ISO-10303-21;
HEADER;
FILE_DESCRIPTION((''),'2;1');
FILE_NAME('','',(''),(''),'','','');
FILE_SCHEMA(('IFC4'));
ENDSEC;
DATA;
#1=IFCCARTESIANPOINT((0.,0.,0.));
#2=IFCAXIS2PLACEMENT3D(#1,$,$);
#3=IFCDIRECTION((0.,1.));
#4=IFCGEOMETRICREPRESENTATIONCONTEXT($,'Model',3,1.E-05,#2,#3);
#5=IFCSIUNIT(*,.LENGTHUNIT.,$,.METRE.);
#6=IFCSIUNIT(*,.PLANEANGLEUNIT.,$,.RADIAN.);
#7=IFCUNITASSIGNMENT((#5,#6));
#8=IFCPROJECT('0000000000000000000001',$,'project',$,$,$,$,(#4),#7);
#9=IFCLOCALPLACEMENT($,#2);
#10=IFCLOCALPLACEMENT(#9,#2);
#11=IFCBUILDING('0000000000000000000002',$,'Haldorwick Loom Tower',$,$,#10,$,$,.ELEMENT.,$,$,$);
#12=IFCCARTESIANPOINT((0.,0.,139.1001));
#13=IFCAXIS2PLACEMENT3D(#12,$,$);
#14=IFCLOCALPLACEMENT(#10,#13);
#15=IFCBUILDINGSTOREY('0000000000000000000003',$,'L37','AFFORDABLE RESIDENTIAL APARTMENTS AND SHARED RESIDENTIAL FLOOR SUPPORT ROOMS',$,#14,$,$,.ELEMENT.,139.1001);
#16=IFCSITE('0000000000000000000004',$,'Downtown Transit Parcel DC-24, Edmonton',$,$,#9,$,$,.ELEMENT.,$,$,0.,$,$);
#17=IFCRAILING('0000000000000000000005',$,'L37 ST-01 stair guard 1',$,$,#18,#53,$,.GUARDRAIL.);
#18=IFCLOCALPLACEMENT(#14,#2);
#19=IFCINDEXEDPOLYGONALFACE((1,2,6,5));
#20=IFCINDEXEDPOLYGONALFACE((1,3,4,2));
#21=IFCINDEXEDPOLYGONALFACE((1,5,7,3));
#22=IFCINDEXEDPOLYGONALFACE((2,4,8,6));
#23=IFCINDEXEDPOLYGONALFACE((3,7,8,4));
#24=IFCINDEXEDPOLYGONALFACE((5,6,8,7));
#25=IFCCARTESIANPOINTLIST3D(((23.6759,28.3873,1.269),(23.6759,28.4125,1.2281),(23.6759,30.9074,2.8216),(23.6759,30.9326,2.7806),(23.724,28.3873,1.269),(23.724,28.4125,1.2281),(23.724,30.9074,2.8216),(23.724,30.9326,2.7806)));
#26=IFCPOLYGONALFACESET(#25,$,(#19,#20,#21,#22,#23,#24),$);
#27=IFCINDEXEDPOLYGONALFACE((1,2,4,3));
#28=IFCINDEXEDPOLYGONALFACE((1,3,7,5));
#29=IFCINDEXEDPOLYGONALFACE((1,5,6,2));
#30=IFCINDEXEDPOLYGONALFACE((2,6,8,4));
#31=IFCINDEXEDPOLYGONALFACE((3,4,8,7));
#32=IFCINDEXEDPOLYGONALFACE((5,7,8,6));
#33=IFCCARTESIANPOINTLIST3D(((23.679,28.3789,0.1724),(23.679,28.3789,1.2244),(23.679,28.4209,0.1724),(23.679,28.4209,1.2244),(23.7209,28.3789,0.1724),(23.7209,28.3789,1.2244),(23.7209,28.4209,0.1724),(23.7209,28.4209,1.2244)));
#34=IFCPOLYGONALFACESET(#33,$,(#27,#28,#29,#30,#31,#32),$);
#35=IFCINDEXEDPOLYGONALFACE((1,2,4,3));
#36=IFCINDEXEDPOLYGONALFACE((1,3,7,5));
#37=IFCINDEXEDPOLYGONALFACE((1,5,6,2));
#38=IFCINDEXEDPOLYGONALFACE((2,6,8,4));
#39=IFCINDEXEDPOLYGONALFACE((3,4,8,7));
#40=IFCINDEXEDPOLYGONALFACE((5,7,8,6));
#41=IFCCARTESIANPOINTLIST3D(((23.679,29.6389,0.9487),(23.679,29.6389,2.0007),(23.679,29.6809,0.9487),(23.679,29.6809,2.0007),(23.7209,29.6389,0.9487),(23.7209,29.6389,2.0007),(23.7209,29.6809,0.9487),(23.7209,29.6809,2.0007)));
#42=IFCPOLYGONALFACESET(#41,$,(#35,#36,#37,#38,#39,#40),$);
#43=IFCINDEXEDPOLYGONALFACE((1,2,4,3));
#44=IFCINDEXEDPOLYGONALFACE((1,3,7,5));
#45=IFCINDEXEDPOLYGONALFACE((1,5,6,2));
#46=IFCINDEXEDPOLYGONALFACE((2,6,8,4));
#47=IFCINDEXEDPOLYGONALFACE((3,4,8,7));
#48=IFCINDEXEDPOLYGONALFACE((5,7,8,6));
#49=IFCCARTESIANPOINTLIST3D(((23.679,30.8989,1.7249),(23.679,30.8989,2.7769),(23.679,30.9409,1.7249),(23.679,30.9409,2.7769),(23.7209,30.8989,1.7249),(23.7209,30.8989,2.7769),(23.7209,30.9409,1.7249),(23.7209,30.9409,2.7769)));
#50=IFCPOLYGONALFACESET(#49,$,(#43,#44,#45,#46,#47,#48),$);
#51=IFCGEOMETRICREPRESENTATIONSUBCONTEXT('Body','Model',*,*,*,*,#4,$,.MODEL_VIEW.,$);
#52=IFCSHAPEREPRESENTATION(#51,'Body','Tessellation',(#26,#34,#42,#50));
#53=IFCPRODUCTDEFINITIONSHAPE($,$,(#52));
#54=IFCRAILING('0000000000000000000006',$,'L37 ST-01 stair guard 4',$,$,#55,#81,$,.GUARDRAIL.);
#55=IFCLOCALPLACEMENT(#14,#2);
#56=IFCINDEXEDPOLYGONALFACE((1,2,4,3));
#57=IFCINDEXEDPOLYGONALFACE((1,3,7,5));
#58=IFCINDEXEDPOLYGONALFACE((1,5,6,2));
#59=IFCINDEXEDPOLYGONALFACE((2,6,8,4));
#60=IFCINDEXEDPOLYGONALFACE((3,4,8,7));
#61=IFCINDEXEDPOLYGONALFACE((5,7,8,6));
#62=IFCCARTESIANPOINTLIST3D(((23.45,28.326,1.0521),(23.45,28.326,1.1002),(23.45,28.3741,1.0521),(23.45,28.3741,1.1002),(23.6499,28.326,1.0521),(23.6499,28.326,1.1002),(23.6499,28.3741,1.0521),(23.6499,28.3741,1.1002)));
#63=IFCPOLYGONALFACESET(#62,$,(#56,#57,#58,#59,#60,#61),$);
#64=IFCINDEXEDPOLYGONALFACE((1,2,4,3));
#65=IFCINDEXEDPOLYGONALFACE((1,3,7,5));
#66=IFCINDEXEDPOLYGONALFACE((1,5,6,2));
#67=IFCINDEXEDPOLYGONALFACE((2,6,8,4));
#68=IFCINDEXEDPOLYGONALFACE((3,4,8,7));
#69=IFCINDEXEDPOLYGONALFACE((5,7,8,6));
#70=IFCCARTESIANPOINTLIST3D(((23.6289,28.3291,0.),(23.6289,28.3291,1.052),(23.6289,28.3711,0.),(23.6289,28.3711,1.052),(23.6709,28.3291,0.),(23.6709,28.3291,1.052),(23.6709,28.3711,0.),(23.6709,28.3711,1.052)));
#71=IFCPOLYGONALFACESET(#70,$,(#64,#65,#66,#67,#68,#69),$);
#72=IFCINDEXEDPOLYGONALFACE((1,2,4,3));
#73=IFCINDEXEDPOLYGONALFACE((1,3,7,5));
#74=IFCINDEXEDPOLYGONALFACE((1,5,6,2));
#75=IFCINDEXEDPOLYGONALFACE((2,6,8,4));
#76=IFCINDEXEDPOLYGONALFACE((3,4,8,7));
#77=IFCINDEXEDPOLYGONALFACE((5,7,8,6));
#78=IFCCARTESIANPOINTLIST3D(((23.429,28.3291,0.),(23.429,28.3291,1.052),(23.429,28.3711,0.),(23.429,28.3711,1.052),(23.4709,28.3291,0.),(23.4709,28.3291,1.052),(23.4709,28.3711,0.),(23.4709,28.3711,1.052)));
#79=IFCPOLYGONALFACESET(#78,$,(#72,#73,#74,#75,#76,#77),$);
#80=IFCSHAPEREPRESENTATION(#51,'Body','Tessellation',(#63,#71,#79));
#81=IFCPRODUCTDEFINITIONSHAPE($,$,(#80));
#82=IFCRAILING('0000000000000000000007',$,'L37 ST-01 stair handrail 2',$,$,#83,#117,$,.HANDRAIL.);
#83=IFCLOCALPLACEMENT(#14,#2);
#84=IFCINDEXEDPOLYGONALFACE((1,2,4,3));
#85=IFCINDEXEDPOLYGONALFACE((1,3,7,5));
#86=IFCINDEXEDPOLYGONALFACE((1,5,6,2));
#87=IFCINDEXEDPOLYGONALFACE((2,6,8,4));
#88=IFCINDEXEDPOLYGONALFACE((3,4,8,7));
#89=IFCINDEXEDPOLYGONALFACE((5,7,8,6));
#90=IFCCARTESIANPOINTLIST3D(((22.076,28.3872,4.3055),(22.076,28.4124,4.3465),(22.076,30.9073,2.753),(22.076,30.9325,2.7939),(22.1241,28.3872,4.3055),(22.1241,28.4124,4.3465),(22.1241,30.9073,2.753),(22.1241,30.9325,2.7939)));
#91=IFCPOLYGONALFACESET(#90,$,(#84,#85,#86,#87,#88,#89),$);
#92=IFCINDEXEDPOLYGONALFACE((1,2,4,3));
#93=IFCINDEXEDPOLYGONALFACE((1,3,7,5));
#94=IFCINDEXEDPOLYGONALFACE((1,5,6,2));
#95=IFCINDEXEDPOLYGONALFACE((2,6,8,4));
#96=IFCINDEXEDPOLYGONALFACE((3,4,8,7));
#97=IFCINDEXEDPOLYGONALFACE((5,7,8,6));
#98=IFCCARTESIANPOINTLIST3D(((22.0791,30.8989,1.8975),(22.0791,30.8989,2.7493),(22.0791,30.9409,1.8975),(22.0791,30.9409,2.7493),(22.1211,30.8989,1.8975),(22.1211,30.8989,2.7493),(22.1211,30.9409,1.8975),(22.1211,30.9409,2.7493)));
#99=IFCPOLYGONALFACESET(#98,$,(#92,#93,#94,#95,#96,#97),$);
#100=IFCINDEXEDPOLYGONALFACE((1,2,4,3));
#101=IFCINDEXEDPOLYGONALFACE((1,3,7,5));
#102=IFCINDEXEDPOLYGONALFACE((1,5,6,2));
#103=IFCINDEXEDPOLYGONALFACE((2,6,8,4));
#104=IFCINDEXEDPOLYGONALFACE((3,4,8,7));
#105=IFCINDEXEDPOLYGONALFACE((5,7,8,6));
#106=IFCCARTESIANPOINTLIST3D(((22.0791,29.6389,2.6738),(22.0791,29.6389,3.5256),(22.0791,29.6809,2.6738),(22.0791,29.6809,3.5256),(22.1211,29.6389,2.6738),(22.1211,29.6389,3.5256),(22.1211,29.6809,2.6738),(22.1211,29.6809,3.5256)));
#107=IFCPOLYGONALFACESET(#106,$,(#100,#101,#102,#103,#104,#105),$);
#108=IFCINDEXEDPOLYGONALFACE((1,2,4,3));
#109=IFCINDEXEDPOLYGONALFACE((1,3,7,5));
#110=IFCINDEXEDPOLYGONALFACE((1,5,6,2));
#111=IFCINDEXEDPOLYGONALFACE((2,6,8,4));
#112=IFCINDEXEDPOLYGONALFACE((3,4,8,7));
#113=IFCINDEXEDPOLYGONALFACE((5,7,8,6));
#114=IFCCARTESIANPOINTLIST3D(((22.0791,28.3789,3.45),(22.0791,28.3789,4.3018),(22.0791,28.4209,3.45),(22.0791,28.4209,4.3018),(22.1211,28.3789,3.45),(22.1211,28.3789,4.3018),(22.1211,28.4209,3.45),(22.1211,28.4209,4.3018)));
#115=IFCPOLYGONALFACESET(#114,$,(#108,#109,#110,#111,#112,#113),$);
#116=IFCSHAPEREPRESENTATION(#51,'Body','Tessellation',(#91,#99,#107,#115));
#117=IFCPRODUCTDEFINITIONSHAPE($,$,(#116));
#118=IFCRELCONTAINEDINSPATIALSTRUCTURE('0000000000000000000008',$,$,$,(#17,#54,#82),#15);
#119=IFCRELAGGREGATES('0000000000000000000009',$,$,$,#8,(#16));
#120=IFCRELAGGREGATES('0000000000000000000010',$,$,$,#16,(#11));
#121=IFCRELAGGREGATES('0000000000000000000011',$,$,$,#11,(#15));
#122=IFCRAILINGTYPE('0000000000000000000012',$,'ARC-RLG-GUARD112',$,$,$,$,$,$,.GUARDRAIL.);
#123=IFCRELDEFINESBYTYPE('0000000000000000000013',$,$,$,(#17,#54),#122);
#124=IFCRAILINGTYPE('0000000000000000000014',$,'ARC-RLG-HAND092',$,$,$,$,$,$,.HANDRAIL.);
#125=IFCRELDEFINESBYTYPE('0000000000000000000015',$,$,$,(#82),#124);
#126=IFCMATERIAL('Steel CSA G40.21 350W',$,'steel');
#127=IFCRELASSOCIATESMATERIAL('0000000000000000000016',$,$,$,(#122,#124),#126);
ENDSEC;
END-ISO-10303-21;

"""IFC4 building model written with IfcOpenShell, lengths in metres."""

from ifc_helpers import new_model, si_unit, direction, frame, origin, origin_2d, place, context, subcontext, project, spatial, rectangle, extrude, material, type_object, element, save


model = new_model("IFC4")

# Units and contexts
model_context = context("Model", 3, precision=1e-05, world=origin(), true_north=direction((0.0, 1.0)))
body_context = subcontext(model_context, "Body", "Model", "MODEL_VIEW")
ifc_project = project(units=[si_unit("LENGTHUNIT", "METRE"), si_unit("PLANEANGLEUNIT", "RADIAN")], contexts=[model_context])

# Site, building, storey
site_placement = place(None, origin())
site = spatial("IfcSite", under=ifc_project, at=site_placement, Name="Downtown Transit Parcel DC-24, Edmonton", CompositionType="ELEMENT", RefElevation=0.0)
building_placement = place(site_placement, origin())
building = spatial("IfcBuilding", under=site, at=building_placement, Name="Haldorwick Loom Tower", CompositionType="ELEMENT")
storey_placement = place(building_placement, frame((0.0, 0.0, 139.1001)))
storey = spatial("IfcBuildingStorey", under=building, at=storey_placement, Name="L37", Description="AFFORDABLE RESIDENTIAL APARTMENTS AND SHARED RESIDENTIAL FLOOR SUPPORT ROOMS", CompositionType="ELEMENT", Elevation=139.1001)

# Shared definitions
ifc_material_1 = material(Name="Steel CSA G40.21 350W", Category="steel")

# Railings
railing_type_1 = type_object("IfcRailingType", Name="ARC-RLG-GUARD112", PredefinedType="GUARDRAIL", material=ifc_material_1)
railing_1_placement = place(storey_placement, frame((23.7, 28.3999, 0.1724)))
element("IfcRailing", 1, at=railing_1_placement, inside=storey, type_object=railing_type_1, Name="L37 ST-01 stair guard 1", PredefinedType="GUARDRAIL", context=body_context, shape_type="SweptSolid", body=[
    extrude(rectangle(XDim=0.0481, YDim=0.0481, at=origin_2d()), frame((0.0, 0.0, 1.0762), z_axis=(0.0, 0.8514, 0.524516), x_axis=(-1.0, 0.0, 0.0)), (0.0, 0.0, 1.0), 2.96),
    extrude(rectangle(XDim=0.042, YDim=0.042, at=origin_2d()), origin(), (0.0, 0.0, 1.0), 1.052),
    extrude(rectangle(XDim=0.042, YDim=0.042, at=origin_2d()), frame((0.0, 1.26, 0.7764)), (0.0, 0.0, 1.0), 1.052),
    extrude(rectangle(XDim=0.042, YDim=0.042, at=origin_2d()), frame((0.0, 2.52, 1.5525)), (0.0, 0.0, 1.0), 1.052),
])
railing_2_placement = place(storey_placement, frame((23.6499, 28.3501, 0.0)))
element("IfcRailing", 2, at=railing_2_placement, inside=storey, type_object=railing_type_1, Name="L37 ST-01 stair guard 4", PredefinedType="GUARDRAIL", context=body_context, shape_type="SweptSolid", body=[
    extrude(rectangle(XDim=0.0481, YDim=0.0481, at=origin_2d()), frame((0.0, 0.0, 1.0762), z_axis=(-1.0, 0.0, 0.0), x_axis=(0.0, -1.0, 0.0)), (0.0, 0.0, 1.0), 0.2),
    extrude(rectangle(XDim=0.042, YDim=0.042, at=origin_2d()), origin(), (0.0, 0.0, 1.0), 1.052),
    extrude(rectangle(XDim=0.042, YDim=0.042, at=origin_2d()), frame((-0.2, 0.0, 0.0)), (0.0, 0.0, 1.0), 1.052),
])
railing_type_2 = type_object("IfcRailingType", Name="ARC-RLG-HAND092", PredefinedType="HANDRAIL", material=ifc_material_1)
railing_3_placement = place(storey_placement, frame((22.1001, 30.9199, 1.8975)))
element("IfcRailing", 3, at=railing_3_placement, inside=storey, type_object=railing_type_2, Name="L37 ST-01 stair handrail 2", PredefinedType="HANDRAIL", context=body_context, shape_type="SweptSolid", body=[
    extrude(rectangle(XDim=0.0481, YDim=0.0481, at=origin_2d()), frame((0.0, 0.0, 0.876), z_axis=(0.0, -0.8514, 0.524516), x_axis=(1.0, 0.0, 0.0)), (0.0, 0.0, 1.0), 2.96),
    extrude(rectangle(XDim=0.042, YDim=0.042, at=origin_2d()), origin(), (0.0, 0.0, 1.0), 0.8518),
    extrude(rectangle(XDim=0.042, YDim=0.042, at=origin_2d()), frame((0.0, -1.26, 0.7764)), (0.0, 0.0, 1.0), 0.8518),
    extrude(rectangle(XDim=0.042, YDim=0.042, at=origin_2d()), frame((0.0, -2.52, 1.5525)), (0.0, 0.0, 1.0), 0.8518),
])

save(model, "model.ifc")
